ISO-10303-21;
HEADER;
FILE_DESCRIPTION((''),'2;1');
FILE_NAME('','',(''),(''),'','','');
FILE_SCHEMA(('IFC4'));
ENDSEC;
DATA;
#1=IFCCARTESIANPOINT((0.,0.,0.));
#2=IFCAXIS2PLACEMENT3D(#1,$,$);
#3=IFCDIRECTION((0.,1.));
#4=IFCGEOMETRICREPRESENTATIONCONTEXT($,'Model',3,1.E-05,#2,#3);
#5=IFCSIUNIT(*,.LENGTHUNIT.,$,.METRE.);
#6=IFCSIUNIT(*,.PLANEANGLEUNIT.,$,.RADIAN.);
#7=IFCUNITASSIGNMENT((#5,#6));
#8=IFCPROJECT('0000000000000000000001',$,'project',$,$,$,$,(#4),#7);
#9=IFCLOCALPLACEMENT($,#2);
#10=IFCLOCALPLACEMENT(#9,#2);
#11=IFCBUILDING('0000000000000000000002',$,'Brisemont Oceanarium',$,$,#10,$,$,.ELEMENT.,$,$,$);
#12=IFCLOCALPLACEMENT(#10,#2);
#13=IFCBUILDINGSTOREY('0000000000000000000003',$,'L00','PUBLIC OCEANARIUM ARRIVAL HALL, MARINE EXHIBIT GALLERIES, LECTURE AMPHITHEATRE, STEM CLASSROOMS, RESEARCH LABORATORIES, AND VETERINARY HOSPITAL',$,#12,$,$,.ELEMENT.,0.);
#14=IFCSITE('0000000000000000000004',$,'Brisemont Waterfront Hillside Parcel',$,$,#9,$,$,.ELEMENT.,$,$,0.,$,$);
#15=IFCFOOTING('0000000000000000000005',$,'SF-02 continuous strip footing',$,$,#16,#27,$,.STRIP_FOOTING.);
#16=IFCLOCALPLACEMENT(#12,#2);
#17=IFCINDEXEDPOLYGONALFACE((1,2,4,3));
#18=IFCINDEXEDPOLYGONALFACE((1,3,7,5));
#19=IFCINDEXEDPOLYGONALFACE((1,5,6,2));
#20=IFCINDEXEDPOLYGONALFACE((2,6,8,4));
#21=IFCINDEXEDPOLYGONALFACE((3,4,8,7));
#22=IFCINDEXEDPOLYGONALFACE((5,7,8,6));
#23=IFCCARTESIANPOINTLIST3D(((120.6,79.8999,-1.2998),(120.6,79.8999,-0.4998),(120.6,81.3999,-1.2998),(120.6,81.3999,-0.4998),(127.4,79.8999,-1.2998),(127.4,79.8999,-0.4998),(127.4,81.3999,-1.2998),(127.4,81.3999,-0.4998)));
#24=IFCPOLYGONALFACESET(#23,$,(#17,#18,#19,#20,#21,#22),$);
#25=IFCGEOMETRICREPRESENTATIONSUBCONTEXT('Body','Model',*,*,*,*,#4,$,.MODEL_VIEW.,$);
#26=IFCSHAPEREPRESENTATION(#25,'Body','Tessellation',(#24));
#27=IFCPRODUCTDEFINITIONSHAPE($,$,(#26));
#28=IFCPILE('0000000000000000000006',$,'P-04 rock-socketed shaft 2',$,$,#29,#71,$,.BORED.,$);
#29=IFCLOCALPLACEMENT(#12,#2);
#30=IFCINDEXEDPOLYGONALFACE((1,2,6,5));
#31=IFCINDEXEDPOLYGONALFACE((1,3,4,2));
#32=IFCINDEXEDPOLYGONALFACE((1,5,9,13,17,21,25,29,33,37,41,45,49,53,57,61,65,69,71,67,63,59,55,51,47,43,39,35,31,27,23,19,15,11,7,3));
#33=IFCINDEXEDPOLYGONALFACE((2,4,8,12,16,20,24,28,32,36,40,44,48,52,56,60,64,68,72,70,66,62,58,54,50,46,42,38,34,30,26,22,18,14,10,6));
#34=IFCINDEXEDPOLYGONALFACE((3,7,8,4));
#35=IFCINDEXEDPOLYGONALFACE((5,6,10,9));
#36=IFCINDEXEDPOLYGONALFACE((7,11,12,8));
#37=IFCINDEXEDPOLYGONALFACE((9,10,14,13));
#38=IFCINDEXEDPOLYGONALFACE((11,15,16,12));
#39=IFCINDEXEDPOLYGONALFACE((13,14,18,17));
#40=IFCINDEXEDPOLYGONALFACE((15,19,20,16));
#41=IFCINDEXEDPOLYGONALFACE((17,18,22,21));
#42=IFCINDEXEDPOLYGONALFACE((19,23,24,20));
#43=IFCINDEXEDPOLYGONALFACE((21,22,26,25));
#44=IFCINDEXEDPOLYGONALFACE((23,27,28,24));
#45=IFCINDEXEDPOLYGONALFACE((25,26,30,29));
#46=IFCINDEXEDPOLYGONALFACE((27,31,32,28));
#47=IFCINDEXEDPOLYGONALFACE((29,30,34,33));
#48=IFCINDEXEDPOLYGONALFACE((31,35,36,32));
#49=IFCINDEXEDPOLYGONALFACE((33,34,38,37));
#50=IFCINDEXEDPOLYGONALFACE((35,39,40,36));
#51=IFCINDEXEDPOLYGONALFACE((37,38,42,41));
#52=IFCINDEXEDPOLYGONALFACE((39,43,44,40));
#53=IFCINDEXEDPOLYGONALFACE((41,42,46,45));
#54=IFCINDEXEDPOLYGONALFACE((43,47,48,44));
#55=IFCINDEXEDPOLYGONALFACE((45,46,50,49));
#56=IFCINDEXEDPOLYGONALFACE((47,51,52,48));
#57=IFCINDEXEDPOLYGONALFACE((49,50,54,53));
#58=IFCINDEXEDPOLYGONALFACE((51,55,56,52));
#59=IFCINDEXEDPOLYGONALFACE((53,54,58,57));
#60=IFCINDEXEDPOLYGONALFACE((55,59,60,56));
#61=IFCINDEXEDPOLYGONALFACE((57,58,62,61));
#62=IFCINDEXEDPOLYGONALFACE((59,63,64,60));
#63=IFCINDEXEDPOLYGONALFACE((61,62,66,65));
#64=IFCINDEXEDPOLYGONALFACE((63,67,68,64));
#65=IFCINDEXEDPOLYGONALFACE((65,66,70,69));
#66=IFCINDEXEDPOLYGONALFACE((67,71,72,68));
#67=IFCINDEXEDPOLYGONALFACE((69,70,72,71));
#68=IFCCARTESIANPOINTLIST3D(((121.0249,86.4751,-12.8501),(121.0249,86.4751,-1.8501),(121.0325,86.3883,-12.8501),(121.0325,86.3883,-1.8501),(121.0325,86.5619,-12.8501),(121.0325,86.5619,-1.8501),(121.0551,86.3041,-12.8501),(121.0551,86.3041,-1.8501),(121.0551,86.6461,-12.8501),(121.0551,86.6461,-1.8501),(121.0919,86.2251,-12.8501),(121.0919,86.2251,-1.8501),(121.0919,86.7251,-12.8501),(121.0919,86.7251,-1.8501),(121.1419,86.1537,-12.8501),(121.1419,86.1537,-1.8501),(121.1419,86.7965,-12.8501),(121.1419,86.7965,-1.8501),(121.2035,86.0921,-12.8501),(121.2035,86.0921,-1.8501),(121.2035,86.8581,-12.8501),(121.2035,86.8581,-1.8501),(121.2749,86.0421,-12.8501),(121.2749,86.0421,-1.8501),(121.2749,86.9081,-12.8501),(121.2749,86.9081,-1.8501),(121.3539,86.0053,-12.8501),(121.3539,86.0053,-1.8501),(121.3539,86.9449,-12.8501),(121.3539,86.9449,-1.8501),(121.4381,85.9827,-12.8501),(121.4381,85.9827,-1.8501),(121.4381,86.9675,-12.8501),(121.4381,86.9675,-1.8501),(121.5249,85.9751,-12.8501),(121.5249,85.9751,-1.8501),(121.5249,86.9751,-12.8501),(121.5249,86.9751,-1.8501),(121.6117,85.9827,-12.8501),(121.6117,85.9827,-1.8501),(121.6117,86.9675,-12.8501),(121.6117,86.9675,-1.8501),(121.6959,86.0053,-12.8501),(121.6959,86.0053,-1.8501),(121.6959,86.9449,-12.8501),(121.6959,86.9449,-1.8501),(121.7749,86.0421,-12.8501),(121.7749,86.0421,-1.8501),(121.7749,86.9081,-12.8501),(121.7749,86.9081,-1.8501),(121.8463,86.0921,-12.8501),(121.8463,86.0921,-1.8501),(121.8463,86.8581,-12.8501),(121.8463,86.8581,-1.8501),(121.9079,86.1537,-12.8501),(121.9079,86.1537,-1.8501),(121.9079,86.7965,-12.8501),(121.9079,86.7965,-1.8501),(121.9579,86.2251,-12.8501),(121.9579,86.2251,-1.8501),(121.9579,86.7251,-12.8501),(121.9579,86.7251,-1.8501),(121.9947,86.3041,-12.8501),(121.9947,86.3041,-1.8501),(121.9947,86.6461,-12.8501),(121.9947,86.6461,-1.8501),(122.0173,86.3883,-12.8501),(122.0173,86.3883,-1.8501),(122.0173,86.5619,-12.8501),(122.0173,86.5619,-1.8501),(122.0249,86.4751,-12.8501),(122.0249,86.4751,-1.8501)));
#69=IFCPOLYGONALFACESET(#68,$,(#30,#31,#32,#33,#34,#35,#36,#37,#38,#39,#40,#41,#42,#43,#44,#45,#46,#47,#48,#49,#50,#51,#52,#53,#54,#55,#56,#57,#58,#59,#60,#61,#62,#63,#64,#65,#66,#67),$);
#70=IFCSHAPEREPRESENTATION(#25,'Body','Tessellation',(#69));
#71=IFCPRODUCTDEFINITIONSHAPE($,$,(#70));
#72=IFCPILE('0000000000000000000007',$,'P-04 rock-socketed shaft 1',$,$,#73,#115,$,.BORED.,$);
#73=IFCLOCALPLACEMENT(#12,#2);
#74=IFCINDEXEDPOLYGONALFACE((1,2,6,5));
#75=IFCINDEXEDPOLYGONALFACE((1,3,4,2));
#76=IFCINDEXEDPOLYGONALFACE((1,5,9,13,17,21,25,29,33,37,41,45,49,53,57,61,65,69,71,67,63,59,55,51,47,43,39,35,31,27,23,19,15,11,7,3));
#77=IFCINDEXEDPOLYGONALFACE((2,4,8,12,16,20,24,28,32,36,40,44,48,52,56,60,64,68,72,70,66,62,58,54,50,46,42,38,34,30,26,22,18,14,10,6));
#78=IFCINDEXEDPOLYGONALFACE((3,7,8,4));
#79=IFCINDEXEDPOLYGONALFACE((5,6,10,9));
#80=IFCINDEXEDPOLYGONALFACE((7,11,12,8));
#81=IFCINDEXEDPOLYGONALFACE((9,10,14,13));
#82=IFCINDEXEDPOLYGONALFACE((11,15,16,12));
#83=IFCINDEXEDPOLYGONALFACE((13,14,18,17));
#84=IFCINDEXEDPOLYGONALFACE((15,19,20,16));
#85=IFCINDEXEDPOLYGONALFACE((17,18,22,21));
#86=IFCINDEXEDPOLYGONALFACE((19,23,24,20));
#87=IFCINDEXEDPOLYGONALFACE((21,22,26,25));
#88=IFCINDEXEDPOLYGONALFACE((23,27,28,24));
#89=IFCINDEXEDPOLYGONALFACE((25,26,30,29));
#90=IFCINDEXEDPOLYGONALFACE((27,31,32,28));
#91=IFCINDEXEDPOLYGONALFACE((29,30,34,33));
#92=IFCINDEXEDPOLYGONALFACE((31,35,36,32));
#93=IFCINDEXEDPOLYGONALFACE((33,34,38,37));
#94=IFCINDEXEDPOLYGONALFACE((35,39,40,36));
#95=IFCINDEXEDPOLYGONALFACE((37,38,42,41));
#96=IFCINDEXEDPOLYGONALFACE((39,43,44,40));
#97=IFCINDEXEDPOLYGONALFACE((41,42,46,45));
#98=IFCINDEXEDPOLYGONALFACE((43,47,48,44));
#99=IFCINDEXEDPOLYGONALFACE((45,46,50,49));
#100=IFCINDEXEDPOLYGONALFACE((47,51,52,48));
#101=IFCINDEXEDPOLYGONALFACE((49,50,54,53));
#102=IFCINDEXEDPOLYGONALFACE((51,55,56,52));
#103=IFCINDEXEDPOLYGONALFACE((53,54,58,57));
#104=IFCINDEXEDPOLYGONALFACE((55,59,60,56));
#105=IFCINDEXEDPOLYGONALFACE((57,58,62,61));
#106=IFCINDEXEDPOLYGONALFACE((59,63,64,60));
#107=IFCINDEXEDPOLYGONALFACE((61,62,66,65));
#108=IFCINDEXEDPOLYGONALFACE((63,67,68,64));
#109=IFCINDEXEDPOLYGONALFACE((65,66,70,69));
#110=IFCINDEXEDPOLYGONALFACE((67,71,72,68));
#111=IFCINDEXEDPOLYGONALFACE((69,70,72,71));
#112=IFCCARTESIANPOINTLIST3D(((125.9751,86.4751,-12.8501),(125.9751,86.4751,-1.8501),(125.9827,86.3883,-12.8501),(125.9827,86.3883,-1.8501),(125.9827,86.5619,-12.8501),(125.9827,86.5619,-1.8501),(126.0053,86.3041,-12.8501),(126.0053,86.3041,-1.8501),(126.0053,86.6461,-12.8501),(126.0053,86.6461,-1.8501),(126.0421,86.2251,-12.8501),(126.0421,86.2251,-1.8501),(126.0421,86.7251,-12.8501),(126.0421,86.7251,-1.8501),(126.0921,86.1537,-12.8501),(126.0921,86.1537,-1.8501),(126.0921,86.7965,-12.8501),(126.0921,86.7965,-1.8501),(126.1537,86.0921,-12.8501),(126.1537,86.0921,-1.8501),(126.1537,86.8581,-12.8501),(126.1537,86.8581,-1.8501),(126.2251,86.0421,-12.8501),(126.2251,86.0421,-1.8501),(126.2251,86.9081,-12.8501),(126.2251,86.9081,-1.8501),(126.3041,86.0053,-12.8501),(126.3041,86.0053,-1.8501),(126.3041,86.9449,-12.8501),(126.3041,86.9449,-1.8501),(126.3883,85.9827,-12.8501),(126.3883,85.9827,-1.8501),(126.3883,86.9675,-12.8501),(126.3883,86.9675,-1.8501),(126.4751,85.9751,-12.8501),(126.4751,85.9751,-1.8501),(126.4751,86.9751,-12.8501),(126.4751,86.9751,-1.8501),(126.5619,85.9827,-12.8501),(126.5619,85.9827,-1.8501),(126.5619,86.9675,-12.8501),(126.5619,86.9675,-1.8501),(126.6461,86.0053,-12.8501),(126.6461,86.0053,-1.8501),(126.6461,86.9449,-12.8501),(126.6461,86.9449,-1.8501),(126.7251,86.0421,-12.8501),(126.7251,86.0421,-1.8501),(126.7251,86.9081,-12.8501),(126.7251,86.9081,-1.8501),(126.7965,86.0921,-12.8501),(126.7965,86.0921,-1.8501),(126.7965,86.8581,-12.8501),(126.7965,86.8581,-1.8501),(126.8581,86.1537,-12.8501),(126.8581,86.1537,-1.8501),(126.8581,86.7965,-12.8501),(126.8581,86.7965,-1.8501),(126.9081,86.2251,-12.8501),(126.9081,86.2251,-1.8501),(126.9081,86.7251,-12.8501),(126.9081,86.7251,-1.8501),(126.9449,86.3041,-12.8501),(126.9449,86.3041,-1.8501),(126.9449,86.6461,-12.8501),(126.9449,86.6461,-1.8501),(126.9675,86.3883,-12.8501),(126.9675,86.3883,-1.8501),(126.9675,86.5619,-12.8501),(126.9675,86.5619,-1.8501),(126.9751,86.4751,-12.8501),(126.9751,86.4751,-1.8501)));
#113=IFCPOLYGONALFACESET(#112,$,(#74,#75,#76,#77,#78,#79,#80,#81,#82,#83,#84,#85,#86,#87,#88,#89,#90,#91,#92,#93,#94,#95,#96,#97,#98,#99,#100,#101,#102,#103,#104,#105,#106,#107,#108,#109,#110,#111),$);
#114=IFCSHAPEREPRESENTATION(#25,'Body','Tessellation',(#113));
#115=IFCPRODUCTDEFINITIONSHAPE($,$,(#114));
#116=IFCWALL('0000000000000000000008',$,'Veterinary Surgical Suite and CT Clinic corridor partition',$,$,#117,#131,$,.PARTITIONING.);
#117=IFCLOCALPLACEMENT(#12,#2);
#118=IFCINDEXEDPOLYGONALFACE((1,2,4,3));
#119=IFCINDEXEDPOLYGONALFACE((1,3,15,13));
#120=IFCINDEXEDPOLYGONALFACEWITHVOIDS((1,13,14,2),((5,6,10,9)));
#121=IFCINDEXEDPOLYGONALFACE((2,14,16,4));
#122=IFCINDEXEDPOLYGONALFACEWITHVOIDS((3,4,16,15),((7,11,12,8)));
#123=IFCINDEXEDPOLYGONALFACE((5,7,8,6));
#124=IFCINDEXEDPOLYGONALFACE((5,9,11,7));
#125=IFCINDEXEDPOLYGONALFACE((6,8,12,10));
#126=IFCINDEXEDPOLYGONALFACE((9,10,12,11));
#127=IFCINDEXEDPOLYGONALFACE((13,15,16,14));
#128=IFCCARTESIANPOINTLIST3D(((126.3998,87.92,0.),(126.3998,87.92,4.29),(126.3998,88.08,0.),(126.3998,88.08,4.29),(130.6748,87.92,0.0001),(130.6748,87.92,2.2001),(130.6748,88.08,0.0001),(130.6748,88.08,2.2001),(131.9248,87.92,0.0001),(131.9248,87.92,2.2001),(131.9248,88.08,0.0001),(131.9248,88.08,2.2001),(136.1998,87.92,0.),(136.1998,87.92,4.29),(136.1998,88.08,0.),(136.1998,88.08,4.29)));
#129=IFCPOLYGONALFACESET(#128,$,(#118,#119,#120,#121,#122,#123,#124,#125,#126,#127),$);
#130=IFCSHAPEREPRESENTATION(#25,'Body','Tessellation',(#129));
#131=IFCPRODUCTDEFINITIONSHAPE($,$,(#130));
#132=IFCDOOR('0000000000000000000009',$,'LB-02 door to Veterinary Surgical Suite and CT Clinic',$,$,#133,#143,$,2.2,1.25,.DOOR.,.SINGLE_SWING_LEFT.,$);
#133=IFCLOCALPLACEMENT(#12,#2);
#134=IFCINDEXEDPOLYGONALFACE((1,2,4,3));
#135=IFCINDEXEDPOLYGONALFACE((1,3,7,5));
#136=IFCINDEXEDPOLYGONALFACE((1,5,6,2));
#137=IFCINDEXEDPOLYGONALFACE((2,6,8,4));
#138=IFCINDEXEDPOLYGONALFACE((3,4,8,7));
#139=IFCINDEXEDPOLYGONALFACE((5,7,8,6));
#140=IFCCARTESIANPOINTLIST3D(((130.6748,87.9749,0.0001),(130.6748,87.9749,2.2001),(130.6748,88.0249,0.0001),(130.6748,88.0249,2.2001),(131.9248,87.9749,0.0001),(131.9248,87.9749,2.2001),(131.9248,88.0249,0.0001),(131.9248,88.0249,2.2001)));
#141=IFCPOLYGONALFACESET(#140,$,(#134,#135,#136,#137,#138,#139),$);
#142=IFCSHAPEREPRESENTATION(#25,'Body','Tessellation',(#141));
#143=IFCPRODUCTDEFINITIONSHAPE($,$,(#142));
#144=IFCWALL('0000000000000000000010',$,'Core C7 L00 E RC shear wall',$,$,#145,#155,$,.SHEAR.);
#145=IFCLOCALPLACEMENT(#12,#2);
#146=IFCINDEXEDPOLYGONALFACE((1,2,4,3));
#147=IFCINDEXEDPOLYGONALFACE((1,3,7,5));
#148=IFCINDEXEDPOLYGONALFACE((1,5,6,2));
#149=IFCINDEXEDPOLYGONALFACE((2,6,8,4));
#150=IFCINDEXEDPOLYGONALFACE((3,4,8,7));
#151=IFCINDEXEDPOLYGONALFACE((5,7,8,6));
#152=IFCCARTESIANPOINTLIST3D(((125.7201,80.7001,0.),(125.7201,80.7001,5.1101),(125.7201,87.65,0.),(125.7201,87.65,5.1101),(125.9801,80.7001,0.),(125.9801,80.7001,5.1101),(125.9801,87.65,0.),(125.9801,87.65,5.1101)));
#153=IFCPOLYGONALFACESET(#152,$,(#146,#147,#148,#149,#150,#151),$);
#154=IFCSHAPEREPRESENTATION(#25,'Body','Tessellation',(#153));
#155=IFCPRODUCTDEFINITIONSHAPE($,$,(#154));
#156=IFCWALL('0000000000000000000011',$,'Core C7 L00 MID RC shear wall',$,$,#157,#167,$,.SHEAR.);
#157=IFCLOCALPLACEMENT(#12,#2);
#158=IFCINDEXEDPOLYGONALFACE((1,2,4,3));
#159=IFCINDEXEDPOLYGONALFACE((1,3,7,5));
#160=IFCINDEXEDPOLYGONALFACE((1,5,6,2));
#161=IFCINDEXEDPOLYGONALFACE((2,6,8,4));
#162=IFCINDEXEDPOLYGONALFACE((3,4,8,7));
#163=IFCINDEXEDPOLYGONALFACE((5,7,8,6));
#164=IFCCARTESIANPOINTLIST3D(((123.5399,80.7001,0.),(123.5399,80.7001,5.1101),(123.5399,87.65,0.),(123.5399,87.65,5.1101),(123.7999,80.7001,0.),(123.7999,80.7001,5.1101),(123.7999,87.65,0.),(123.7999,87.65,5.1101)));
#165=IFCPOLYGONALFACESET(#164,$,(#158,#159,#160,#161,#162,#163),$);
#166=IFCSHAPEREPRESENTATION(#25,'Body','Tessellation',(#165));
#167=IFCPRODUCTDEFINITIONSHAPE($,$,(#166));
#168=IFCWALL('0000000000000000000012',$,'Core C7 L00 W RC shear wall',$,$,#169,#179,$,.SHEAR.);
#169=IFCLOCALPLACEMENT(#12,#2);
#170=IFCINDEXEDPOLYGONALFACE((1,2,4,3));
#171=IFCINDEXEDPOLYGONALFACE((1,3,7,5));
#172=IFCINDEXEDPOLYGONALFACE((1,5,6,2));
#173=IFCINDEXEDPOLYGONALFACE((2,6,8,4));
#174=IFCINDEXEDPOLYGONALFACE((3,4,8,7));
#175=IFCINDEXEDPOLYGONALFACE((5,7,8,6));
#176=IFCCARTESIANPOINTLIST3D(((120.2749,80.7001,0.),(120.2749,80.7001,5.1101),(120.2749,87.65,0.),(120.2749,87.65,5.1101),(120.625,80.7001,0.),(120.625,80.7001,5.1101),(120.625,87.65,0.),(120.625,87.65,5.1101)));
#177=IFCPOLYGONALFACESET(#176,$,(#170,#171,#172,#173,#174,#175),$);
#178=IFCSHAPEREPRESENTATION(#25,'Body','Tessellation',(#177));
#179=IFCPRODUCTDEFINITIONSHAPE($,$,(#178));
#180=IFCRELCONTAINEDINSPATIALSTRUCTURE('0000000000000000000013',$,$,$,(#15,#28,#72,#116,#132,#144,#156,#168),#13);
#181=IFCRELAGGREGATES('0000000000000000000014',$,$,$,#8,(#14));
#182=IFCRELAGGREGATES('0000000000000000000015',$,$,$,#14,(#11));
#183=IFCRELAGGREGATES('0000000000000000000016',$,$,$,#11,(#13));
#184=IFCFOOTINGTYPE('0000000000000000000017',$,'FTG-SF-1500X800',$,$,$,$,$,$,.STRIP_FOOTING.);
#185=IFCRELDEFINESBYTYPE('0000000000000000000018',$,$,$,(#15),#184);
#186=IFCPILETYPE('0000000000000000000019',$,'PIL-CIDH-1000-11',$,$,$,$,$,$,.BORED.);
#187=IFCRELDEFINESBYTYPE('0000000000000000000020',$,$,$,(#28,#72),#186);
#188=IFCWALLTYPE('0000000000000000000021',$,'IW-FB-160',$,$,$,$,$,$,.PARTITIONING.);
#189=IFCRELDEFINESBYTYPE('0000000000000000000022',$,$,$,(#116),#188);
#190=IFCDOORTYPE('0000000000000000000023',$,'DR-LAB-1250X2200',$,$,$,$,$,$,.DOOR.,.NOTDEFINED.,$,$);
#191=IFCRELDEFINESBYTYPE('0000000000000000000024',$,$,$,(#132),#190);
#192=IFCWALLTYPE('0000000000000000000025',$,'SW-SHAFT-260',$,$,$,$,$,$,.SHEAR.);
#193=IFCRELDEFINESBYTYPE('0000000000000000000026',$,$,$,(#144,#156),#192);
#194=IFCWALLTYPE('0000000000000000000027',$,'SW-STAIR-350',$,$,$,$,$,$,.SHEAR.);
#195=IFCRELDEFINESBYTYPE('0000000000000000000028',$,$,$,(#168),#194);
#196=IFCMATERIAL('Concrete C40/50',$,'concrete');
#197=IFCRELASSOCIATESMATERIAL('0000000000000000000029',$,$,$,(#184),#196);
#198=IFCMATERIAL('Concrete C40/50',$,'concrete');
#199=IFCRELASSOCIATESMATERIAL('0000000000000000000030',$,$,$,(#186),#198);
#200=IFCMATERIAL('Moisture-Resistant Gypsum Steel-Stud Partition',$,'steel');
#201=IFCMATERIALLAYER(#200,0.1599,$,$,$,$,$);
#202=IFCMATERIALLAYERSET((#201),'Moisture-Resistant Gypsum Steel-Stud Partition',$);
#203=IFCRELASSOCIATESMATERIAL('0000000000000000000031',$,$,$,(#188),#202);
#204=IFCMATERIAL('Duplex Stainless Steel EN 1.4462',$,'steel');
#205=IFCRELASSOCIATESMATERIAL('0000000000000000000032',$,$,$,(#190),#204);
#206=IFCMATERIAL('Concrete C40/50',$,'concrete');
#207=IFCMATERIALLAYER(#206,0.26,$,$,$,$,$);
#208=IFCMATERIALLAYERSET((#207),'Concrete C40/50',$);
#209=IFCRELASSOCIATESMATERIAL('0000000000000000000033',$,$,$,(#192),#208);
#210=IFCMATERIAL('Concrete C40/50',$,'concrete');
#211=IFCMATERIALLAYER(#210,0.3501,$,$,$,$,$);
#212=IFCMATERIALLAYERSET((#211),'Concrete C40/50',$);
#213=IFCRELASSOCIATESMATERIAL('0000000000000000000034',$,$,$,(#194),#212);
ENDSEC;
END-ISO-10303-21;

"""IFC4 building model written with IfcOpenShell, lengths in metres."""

from ifc_helpers import new_model, si_unit, direction, frame, frame_2d, origin, origin_2d, place, context, subcontext, project, spatial, rectangle, circle, extrude, material, layer, layer_set, material_profile, profile_set, type_object, element, fill, save


model = new_model("IFC4")

# Units and contexts
model_context = context("Model", 3, precision=1e-05, world=origin(), true_north=direction((0.0, 1.0)))
body_context = subcontext(model_context, "Body", "Model", "MODEL_VIEW")
ifc_project = project(units=[si_unit("LENGTHUNIT", "METRE"), si_unit("PLANEANGLEUNIT", "RADIAN")], contexts=[model_context])

# Site, building, storey
site_placement = place(None, origin())
site = spatial("IfcSite", under=ifc_project, at=site_placement, Name="Brisemont Waterfront Hillside Parcel", CompositionType="ELEMENT", RefElevation=0.0)
building_placement = place(site_placement, origin())
building = spatial("IfcBuilding", under=site, at=building_placement, Name="Brisemont Oceanarium", CompositionType="ELEMENT")
storey_placement = place(building_placement, origin())
storey = spatial("IfcBuildingStorey", under=building, at=storey_placement, Name="L00", Description="PUBLIC OCEANARIUM ARRIVAL HALL, MARINE EXHIBIT GALLERIES, LECTURE AMPHITHEATRE, STEM CLASSROOMS, RESEARCH LABORATORIES, AND VETERINARY HOSPITAL", CompositionType="ELEMENT", Elevation=0.0)

# Footing
ifc_material_1 = material(Name="Concrete C40/50", Category="concrete")
footing_type = type_object("IfcFootingType", Name="FTG-SF-1500X800", PredefinedType="STRIP_FOOTING", material=ifc_material_1)
footing_placement = place(storey_placement, frame((124.0, 80.6499, -1.2998), z_axis=(0.0, 0.0, 1.0), x_axis=(1.0, 0.0, 0.0)))
element("IfcFooting", 1, at=footing_placement, inside=storey, type_object=footing_type, Name="SF-02 continuous strip footing", PredefinedType="STRIP_FOOTING", context=body_context, shape_type="SweptSolid", body=[
    extrude(rectangle(XDim=6.8, YDim=1.5, at=origin_2d()), origin(), (0.0, 0.0, 1.0), 0.8),
])

# Piles
ifc_material_2 = material(Name="Concrete C40/50", Category="concrete")
ifc_material_profile = material_profile(ifc_material_2, circle(Radius=0.5, at=origin_2d()), Name="CIDH-D1000")
ifc_profile_set = profile_set([ifc_material_profile], Name="Concrete C40/50")
pile_type = type_object("IfcPileType", Name="PIL-CIDH-1000-11", PredefinedType="BORED", material=ifc_profile_set)
for number, where, z_axis, x_axis, name in (
    (2, (121.5249, 86.4751, -1.8501), (0.0, 0.0, -1.0), (1.0, 0.0, 0.0), "P-04 rock-socketed shaft 2"),
    (3, (126.4751, 86.4751, -1.8501), (0.0, 0.0, -1.0), (1.0, 0.0, 0.0), "P-04 rock-socketed shaft 1"),
):
    element("IfcPile", number, at=place(storey_placement, frame(where, z_axis=z_axis, x_axis=x_axis)), inside=storey, type_object=pile_type, Name=name, PredefinedType="BORED", context=body_context, shape_type="SweptSolid", body=[
        extrude(circle(Radius=0.5, at=origin_2d()), origin(), (0.0, 0.0, 1.0), 11.0),
    ])

# Wall, opening, door
ifc_material_3 = material(Name="Moisture-Resistant Gypsum Steel-Stud Partition", Category="steel")
ifc_layer_1 = layer(ifc_material_3, 0.1599)
ifc_layer_set_1 = layer_set([ifc_layer_1], Name="Moisture-Resistant Gypsum Steel-Stud Partition")
wall_type_1 = type_object("IfcWallType", Name="IW-FB-160", PredefinedType="PARTITIONING", material=ifc_layer_set_1)
wall_1_placement = place(storey_placement, frame((126.3999, 88.0, 0.0), z_axis=(0.0, 0.0, 1.0), x_axis=(1.0, 0.0, 0.0)))
wall_1 = element("IfcWall", 4, at=wall_1_placement, inside=storey, type_object=wall_type_1, Name="Veterinary Surgical Suite and CT Clinic corridor partition", PredefinedType="PARTITIONING", context=body_context, shape_type="SweptSolid", body=[
    extrude(rectangle(XDim=9.8, YDim=0.1599, at=frame_2d((4.8999, 0.0))), origin(), (0.0, 0.0, 1.0), 4.29),
])
opening_1_placement = place(wall_1_placement, frame((4.2749, 0.0, 0.0)))
opening_1 = element("IfcOpeningElement", 5, at=opening_1_placement, cuts=wall_1, PredefinedType="OPENING", context=body_context, shape_type="SweptSolid", body=[
    extrude(rectangle(XDim=1.25, YDim=2.2, at=frame_2d((0.625, 1.1001))), frame((0.0, 0.0898, 0.0), z_axis=(0.0, -1.0, 0.0), x_axis=(1.0, 0.0, 0.0)), (0.0, 0.0, 1.0), 0.1799),
])
ifc_material_4 = material(Name="Duplex Stainless Steel EN 1.4462", Category="steel")
door_type_1 = type_object("IfcDoorType", Name="DR-LAB-1250X2200", OperationType="NOTDEFINED", PredefinedType="DOOR", material=ifc_material_4)
door_1_placement = place(opening_1_placement, origin())
door_1 = element("IfcDoor", 6, at=door_1_placement, inside=storey, type_object=door_type_1, Name="LB-02 door to Veterinary Surgical Suite and CT Clinic", OperationType="SINGLE_SWING_LEFT", OverallHeight=2.2, OverallWidth=1.25, PredefinedType="DOOR", context=body_context, shape_type="SweptSolid", body=[
    extrude(rectangle(XDim=1.25, YDim=2.2, at=frame_2d((0.625, 1.1001))), frame((0.0, 0.0249, 0.0), z_axis=(0.0, -1.0, 0.0), x_axis=(1.0, 0.0, 0.0)), (0.0, 0.0, 1.0), 0.05),
])
fill(opening_1, door_1)

# Walls
ifc_material_5 = material(Name="Concrete C40/50", Category="concrete")
ifc_layer_2 = layer(ifc_material_5, 0.26)
ifc_layer_set_2 = layer_set([ifc_layer_2], Name="Concrete C40/50")
wall_type_2 = type_object("IfcWallType", Name="SW-SHAFT-260", PredefinedType="SHEAR", material=ifc_layer_set_2)
for number, where, z_axis, x_axis, name in (
    (7, (125.8501, 80.7, 0.0), (0.0, 0.0, 1.0), (0.0, 1.0, 0.0), "Core C7 L00 E RC shear wall"),
    (8, (123.6699, 80.7, 0.0), (0.0, 0.0, 1.0), (0.0, 1.0, 0.0), "Core C7 L00 MID RC shear wall"),
):
    element("IfcWall", number, at=place(storey_placement, frame(where, z_axis=z_axis, x_axis=x_axis)), inside=storey, type_object=wall_type_2, Name=name, PredefinedType="SHEAR", context=body_context, shape_type="SweptSolid", body=[
        extrude(rectangle(XDim=6.95, YDim=0.26, at=frame_2d((3.4751, 0.0))), origin(), (0.0, 0.0, 1.0), 5.1101),
    ])
ifc_material_6 = material(Name="Concrete C40/50", Category="concrete")
ifc_layer_3 = layer(ifc_material_6, 0.3501)
ifc_layer_set_3 = layer_set([ifc_layer_3], Name="Concrete C40/50")
wall_type_3 = type_object("IfcWallType", Name="SW-STAIR-350", PredefinedType="SHEAR", material=ifc_layer_set_3)
wall_2_placement = place(storey_placement, frame((120.45, 80.7, 0.0), z_axis=(0.0, 0.0, 1.0), x_axis=(0.0, 1.0, 0.0)))
element("IfcWall", 9, at=wall_2_placement, inside=storey, type_object=wall_type_3, Name="Core C7 L00 W RC shear wall", PredefinedType="SHEAR", context=body_context, shape_type="SweptSolid", body=[
    extrude(rectangle(XDim=6.95, YDim=0.3501, at=frame_2d((3.4751, 0.0))), origin(), (0.0, 0.0, 1.0), 5.1101),
])

save(model, "model.ifc")
